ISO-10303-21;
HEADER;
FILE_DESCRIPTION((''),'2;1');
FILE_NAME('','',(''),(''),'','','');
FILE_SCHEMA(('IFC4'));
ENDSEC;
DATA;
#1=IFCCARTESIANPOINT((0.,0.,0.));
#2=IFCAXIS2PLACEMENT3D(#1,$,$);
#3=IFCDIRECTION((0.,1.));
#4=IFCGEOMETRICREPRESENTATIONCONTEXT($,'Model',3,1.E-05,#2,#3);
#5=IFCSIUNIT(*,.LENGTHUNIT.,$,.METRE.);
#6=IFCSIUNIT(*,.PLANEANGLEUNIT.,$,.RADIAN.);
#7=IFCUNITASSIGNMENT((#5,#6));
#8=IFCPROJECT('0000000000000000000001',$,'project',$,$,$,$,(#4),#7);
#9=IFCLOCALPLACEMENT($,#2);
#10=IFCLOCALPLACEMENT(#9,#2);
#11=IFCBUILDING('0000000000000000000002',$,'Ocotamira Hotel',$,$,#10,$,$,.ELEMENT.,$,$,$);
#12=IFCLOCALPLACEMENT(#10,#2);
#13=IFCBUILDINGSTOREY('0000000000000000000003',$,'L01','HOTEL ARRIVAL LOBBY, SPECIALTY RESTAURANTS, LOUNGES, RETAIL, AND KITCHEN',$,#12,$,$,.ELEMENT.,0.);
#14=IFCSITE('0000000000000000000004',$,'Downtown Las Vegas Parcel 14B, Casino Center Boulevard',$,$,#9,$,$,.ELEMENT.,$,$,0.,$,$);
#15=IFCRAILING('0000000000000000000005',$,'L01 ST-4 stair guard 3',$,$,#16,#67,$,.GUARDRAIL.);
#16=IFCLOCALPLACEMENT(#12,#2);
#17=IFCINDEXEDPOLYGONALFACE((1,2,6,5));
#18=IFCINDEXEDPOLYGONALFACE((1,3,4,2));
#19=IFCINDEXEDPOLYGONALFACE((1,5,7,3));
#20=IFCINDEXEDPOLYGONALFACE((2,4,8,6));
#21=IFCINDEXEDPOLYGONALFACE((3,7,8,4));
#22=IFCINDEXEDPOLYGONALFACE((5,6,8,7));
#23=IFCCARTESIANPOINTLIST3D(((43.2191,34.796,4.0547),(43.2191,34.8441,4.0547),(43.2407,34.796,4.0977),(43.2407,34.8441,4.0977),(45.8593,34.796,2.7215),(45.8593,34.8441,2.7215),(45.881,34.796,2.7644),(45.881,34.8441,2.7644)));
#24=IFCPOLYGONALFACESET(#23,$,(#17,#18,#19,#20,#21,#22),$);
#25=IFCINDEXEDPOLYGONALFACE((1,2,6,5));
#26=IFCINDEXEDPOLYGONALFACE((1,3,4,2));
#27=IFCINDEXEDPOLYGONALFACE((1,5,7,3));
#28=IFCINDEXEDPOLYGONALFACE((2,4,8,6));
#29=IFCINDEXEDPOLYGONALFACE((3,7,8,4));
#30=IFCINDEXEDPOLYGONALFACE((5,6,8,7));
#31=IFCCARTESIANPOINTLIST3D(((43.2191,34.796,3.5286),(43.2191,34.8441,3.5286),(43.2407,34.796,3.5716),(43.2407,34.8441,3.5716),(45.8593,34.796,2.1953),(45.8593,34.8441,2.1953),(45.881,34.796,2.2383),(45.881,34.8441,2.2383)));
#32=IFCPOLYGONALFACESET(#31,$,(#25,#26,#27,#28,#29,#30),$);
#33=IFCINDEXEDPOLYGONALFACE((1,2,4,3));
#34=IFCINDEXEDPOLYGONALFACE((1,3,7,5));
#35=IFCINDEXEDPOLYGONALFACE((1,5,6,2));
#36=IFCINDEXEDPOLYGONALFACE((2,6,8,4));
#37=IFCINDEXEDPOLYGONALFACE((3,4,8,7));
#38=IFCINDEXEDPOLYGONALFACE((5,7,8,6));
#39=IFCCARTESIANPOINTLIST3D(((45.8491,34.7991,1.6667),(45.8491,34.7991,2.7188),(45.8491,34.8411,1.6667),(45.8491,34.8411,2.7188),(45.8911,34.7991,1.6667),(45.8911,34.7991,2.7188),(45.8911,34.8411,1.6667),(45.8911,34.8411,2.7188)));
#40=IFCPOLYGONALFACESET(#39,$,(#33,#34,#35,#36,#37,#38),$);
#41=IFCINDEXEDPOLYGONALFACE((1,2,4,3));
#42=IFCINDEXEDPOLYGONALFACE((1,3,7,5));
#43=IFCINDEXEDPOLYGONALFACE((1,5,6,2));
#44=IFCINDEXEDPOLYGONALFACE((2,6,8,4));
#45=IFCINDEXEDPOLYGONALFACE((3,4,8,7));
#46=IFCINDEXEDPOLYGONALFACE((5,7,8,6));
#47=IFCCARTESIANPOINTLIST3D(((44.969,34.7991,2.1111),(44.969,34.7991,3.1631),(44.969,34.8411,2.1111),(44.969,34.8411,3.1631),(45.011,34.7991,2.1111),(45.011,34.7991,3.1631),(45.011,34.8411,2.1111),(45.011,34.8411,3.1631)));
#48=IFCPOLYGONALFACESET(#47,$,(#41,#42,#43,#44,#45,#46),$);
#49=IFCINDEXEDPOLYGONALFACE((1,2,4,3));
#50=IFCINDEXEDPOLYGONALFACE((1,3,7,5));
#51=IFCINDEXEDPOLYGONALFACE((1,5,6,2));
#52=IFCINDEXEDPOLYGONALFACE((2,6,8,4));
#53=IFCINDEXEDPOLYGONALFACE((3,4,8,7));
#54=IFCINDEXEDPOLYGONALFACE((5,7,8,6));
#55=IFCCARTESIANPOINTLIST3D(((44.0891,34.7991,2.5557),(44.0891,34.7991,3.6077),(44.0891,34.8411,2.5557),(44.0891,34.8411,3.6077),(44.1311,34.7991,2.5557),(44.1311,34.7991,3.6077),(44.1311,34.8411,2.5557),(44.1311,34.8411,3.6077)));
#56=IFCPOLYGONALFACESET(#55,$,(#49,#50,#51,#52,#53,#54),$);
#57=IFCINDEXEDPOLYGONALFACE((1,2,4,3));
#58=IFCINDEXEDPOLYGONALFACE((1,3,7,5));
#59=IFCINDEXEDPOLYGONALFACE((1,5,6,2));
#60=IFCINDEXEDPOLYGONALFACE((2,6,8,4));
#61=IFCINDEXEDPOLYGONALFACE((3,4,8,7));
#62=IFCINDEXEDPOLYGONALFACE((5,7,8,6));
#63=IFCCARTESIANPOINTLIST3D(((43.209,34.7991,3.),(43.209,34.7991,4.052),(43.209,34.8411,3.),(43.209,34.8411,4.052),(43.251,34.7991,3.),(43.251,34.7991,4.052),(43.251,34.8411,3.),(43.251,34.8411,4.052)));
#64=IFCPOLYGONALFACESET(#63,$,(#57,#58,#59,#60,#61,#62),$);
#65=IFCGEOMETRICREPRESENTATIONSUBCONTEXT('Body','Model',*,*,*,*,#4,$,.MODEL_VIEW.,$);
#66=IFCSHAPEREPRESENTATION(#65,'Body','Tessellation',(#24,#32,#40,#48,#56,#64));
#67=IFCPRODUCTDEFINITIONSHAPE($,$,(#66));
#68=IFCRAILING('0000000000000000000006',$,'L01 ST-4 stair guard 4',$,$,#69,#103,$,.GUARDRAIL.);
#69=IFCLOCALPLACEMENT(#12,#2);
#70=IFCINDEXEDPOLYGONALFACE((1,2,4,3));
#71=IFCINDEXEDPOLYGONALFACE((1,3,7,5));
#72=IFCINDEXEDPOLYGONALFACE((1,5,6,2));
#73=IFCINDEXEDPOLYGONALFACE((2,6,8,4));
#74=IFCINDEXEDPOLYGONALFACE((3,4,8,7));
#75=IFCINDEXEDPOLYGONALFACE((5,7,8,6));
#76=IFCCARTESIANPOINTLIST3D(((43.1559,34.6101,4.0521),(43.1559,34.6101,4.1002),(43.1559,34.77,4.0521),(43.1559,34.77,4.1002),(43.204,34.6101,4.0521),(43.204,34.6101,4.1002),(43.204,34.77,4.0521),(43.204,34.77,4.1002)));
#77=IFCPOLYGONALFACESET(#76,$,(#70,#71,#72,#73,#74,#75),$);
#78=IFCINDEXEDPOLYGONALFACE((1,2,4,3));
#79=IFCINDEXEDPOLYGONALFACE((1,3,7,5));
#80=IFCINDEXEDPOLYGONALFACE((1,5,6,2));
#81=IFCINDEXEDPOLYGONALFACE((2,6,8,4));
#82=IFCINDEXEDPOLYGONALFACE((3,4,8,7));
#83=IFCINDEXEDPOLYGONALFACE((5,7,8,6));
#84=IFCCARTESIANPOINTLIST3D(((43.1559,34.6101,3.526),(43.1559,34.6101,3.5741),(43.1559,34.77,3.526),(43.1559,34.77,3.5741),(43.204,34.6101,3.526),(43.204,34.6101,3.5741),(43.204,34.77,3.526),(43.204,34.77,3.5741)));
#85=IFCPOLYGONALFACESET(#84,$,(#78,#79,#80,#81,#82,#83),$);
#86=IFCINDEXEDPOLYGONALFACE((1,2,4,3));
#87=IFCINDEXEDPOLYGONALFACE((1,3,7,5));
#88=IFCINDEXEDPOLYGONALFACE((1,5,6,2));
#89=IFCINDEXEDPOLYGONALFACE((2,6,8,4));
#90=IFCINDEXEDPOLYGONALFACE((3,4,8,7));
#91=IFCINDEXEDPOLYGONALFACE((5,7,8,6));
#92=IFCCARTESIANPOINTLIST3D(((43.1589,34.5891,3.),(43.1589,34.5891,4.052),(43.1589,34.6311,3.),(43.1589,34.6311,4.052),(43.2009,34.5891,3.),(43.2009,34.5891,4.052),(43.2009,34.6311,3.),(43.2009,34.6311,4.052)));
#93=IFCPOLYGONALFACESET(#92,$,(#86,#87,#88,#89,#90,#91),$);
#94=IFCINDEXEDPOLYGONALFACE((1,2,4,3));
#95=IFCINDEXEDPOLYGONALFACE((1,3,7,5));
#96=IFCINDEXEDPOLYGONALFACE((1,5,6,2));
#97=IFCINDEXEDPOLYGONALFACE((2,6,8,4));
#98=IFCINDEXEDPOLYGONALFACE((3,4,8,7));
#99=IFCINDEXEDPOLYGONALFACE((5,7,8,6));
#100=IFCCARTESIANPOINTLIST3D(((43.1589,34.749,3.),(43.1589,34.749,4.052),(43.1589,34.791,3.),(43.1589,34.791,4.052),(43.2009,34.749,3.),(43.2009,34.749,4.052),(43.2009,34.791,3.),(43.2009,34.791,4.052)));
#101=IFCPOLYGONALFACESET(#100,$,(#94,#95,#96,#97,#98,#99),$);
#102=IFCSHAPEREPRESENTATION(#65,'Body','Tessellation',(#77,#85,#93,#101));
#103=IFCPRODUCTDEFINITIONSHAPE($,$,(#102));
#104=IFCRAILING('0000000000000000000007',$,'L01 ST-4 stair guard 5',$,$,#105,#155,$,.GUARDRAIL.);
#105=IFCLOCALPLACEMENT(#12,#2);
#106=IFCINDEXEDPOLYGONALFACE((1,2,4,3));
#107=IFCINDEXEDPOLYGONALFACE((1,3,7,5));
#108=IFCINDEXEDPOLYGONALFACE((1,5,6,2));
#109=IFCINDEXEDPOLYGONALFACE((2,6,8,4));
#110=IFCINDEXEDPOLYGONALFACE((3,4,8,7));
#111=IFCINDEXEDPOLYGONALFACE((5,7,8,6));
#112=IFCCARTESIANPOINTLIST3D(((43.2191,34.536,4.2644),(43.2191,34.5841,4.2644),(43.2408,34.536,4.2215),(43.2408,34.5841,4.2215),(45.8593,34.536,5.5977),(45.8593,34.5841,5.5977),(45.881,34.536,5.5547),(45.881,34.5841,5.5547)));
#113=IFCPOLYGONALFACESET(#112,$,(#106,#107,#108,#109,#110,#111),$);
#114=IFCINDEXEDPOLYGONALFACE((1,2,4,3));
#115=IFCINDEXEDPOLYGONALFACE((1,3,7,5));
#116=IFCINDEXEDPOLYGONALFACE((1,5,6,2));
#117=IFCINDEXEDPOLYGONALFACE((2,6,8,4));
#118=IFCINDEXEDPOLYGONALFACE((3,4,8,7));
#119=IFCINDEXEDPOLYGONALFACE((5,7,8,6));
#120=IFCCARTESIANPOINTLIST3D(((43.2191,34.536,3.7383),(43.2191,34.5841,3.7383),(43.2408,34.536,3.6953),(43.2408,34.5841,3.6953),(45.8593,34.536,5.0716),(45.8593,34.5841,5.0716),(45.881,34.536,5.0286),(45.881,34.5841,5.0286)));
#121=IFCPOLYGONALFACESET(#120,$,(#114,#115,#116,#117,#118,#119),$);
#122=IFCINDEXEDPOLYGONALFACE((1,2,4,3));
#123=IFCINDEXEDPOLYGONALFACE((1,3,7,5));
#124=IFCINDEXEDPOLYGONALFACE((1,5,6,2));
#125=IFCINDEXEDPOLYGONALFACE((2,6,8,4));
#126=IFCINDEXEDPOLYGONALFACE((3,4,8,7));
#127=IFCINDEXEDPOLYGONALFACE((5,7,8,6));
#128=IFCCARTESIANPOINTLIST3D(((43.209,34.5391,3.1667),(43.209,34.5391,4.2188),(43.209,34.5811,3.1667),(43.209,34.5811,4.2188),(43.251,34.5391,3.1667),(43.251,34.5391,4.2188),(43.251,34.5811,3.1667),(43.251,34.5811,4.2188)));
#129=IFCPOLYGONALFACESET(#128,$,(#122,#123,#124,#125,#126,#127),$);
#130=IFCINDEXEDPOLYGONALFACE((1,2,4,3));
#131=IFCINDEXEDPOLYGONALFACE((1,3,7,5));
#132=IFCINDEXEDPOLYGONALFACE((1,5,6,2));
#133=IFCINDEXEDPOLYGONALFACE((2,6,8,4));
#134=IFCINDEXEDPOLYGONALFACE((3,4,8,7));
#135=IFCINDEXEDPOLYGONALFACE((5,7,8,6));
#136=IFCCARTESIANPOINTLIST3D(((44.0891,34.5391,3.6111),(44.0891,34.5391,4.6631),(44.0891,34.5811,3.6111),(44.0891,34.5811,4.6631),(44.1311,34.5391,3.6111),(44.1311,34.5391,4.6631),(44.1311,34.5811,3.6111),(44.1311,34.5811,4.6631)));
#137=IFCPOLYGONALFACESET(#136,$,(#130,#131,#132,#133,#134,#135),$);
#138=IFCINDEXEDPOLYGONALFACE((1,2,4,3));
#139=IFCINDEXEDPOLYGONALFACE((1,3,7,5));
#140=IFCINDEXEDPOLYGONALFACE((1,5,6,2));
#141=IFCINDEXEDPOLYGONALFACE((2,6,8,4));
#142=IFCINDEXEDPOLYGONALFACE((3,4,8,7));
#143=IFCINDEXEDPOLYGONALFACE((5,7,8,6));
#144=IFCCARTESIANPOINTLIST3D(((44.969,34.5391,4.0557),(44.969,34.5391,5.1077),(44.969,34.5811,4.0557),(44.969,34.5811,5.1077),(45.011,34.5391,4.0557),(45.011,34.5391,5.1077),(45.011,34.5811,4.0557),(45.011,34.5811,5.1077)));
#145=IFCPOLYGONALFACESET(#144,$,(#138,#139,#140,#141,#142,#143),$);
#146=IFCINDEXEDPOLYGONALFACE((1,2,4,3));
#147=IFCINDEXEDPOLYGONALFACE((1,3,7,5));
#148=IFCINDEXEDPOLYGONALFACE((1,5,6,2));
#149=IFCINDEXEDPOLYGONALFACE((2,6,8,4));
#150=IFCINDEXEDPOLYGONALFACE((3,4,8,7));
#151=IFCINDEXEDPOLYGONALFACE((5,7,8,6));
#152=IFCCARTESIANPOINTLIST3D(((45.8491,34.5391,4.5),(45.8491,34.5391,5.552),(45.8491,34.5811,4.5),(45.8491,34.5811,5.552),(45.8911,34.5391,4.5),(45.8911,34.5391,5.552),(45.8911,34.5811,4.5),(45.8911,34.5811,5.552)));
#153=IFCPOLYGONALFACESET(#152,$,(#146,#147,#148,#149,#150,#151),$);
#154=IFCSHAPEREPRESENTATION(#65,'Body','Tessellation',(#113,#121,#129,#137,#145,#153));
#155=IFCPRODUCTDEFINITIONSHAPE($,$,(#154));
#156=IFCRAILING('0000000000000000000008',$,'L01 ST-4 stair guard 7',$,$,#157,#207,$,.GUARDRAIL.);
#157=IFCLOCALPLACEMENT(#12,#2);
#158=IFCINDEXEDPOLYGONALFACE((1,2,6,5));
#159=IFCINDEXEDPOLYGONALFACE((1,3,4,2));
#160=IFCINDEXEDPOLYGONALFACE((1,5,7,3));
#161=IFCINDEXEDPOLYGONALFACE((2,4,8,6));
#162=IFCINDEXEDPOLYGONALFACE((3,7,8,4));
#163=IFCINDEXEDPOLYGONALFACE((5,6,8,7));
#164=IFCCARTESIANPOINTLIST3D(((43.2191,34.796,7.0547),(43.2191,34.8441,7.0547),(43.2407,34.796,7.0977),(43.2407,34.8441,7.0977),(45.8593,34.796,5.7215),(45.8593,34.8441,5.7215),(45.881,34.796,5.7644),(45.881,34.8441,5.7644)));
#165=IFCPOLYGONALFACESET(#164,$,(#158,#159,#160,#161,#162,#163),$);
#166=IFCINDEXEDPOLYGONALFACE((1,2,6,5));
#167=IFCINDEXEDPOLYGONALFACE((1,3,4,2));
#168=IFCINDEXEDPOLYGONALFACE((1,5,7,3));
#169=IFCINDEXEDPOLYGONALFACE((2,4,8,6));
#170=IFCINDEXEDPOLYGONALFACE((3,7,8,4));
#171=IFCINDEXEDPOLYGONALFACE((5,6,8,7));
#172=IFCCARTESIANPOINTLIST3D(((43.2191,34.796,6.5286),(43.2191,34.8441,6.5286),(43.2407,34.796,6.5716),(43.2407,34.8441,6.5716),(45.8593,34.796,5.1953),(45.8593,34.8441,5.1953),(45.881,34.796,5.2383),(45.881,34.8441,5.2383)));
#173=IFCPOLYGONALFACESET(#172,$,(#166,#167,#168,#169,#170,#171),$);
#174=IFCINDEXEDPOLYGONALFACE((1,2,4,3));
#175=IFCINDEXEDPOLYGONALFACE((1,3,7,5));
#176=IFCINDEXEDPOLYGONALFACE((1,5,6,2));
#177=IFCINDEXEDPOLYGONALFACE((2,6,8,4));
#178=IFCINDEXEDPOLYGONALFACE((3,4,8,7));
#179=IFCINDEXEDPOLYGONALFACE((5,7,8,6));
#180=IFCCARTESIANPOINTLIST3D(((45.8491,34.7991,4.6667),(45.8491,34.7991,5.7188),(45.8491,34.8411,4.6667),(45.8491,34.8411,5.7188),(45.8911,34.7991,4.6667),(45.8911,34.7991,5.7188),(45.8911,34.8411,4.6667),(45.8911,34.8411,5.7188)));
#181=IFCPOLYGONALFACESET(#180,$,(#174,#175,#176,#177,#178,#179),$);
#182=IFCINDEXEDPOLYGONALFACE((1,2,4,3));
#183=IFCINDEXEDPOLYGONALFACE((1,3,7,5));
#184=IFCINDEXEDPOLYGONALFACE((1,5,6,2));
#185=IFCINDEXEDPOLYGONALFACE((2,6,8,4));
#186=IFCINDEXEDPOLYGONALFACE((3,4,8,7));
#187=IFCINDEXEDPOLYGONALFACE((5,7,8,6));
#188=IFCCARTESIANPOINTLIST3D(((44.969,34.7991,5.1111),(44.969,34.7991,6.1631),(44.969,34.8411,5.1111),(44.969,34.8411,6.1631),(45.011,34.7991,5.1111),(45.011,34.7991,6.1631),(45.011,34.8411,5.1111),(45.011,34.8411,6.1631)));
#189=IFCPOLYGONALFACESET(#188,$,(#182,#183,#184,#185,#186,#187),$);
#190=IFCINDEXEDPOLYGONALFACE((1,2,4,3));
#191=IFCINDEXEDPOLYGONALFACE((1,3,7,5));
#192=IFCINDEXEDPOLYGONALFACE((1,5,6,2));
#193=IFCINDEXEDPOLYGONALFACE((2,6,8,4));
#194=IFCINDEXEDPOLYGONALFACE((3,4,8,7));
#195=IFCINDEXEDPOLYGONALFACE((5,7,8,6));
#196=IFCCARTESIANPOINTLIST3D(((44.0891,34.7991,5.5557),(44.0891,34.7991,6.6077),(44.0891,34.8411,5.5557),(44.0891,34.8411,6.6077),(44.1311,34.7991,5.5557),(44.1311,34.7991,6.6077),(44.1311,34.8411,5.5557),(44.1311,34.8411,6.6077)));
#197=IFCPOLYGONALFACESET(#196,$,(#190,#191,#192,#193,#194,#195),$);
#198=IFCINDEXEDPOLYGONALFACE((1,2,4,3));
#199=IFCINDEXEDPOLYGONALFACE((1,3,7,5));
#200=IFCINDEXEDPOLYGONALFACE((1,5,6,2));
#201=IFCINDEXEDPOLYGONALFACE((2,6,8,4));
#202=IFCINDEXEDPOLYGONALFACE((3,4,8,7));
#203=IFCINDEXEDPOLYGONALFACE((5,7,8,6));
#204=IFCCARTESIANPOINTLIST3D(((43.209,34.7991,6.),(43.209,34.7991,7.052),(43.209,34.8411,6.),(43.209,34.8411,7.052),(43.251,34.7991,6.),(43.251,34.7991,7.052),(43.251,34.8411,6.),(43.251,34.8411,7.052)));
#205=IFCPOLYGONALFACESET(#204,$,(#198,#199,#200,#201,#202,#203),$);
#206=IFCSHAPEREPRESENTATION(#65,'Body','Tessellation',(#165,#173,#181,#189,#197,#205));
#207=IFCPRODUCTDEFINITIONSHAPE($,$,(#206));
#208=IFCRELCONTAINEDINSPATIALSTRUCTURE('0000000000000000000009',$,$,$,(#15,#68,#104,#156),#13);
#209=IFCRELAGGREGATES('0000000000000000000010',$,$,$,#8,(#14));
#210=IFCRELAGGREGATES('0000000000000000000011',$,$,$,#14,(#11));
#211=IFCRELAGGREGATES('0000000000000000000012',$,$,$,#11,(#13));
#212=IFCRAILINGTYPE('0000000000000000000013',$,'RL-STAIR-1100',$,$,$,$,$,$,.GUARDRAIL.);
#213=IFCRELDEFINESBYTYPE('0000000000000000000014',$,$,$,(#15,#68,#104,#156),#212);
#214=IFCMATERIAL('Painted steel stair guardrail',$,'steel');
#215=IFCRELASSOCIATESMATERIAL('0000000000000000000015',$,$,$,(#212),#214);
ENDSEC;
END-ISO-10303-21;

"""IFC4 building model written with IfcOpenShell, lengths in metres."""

from ifc_helpers import new_model, si_unit, direction, frame, origin, origin_2d, place, context, subcontext, project, spatial, rectangle, extrude, material, type_object, element, save


model = new_model("IFC4")

# Units and contexts
model_context = context("Model", 3, precision=1e-05, world=origin(), true_north=direction((0.0, 1.0)))
body_context = subcontext(model_context, "Body", "Model", "MODEL_VIEW")
ifc_project = project(units=[si_unit("LENGTHUNIT", "METRE"), si_unit("PLANEANGLEUNIT", "RADIAN")], contexts=[model_context])

# Site, building, storey
site_placement = place(None, origin())
site = spatial("IfcSite", under=ifc_project, at=site_placement, Name="Downtown Las Vegas Parcel 14B, Casino Center Boulevard", CompositionType="ELEMENT", RefElevation=0.0)
building_placement = place(site_placement, origin())
building = spatial("IfcBuilding", under=site, at=building_placement, Name="Ocotamira Hotel", CompositionType="ELEMENT")
storey_placement = place(building_placement, origin())
storey = spatial("IfcBuildingStorey", under=building, at=storey_placement, Name="L01", Description="HOTEL ARRIVAL LOBBY, SPECIALTY RESTAURANTS, LOUNGES, RETAIL, AND KITCHEN", CompositionType="ELEMENT", Elevation=0.0)

# Railings
ifc_material_1 = material(Name="Painted steel stair guardrail", Category="steel")
railing_type_1 = type_object("IfcRailingType", Name="RL-STAIR-1100", PredefinedType="GUARDRAIL", material=ifc_material_1)
railing_1_placement = place(storey_placement, frame((45.8701, 34.8201, 1.6667)))
element("IfcRailing", 1, at=railing_1_placement, inside=storey, type_object=railing_type_1, Name="L01 ST-4 stair guard 3", PredefinedType="GUARDRAIL", context=body_context, shape_type="SweptSolid", body=[
    extrude(rectangle(XDim=0.0481, YDim=0.0481, at=origin_2d()), frame((0.0, 0.0, 1.0762), z_axis=(-0.892637, 0.0, 0.450776), x_axis=(0.0, -1.0, 0.0)), (0.0, 0.0, 1.0), 2.9578),
    extrude(rectangle(XDim=0.0481, YDim=0.0481, at=origin_2d()), frame((0.0, 0.0, 0.55), z_axis=(-0.892637, 0.0, 0.450776), x_axis=(0.0, -1.0, 0.0)), (0.0, 0.0, 1.0), 2.9578),
    extrude(rectangle(XDim=0.042, YDim=0.042, at=origin_2d()), origin(), (0.0, 0.0, 1.0), 1.052),
    extrude(rectangle(XDim=0.042, YDim=0.042, at=origin_2d()), frame((-0.8801, 0.0, 0.4443)), (0.0, 0.0, 1.0), 1.052),
    extrude(rectangle(XDim=0.042, YDim=0.042, at=origin_2d()), frame((-1.76, 0.0, 0.8889)), (0.0, 0.0, 1.0), 1.052),
    extrude(rectangle(XDim=0.042, YDim=0.042, at=origin_2d()), frame((-2.6401, 0.0, 1.3333)), (0.0, 0.0, 1.0), 1.052),
])
railing_2_placement = place(storey_placement, frame((43.1799, 34.6101, 3.0)))
element("IfcRailing", 2, at=railing_2_placement, inside=storey, type_object=railing_type_1, Name="L01 ST-4 stair guard 4", PredefinedType="GUARDRAIL", context=body_context, shape_type="SweptSolid", body=[
    extrude(rectangle(XDim=0.0481, YDim=0.0481, at=origin_2d()), frame((0.0, 0.0, 1.0762), z_axis=(0.0, 1.0, 0.0), x_axis=(-1.0, 0.0, 0.0)), (0.0, 0.0, 1.0), 0.1599),
    extrude(rectangle(XDim=0.0481, YDim=0.0481, at=origin_2d()), frame((0.0, 0.0, 0.55), z_axis=(0.0, 1.0, 0.0), x_axis=(-1.0, 0.0, 0.0)), (0.0, 0.0, 1.0), 0.1599),
    extrude(rectangle(XDim=0.042, YDim=0.042, at=origin_2d()), origin(), (0.0, 0.0, 1.0), 1.052),
    extrude(rectangle(XDim=0.042, YDim=0.042, at=origin_2d()), frame((0.0, 0.1599, 0.0)), (0.0, 0.0, 1.0), 1.052),
])
railing_3_placement = place(storey_placement, frame((43.23, 34.5601, 3.1667)))
element("IfcRailing", 3, at=railing_3_placement, inside=storey, type_object=railing_type_1, Name="L01 ST-4 stair guard 5", PredefinedType="GUARDRAIL", context=body_context, shape_type="SweptSolid", body=[
    extrude(rectangle(XDim=0.0481, YDim=0.0481, at=origin_2d()), frame((0.0, 0.0, 1.0762), z_axis=(0.892637, 0.0, 0.450776), x_axis=(0.0, 1.0, 0.0)), (0.0, 0.0, 1.0), 2.9578),
    extrude(rectangle(XDim=0.0481, YDim=0.0481, at=origin_2d()), frame((0.0, 0.0, 0.55), z_axis=(0.892637, 0.0, 0.450776), x_axis=(0.0, 1.0, 0.0)), (0.0, 0.0, 1.0), 2.9578),
    extrude(rectangle(XDim=0.042, YDim=0.042, at=origin_2d()), origin(), (0.0, 0.0, 1.0), 1.052),
    extrude(rectangle(XDim=0.042, YDim=0.042, at=origin_2d()), frame((0.8801, 0.0, 0.4443)), (0.0, 0.0, 1.0), 1.052),
    extrude(rectangle(XDim=0.042, YDim=0.042, at=origin_2d()), frame((1.76, 0.0, 0.8889)), (0.0, 0.0, 1.0), 1.052),
    extrude(rectangle(XDim=0.042, YDim=0.042, at=origin_2d()), frame((2.6401, 0.0, 1.3333)), (0.0, 0.0, 1.0), 1.052),
])
railing_4_placement = place(storey_placement, frame((45.8701, 34.8201, 4.6667)))
element("IfcRailing", 4, at=railing_4_placement, inside=storey, type_object=railing_type_1, Name="L01 ST-4 stair guard 7", PredefinedType="GUARDRAIL", context=body_context, shape_type="SweptSolid", body=[
    extrude(rectangle(XDim=0.0481, YDim=0.0481, at=origin_2d()), frame((0.0, 0.0, 1.0762), z_axis=(-0.892637, 0.0, 0.450776), x_axis=(0.0, -1.0, 0.0)), (0.0, 0.0, 1.0), 2.9578),
    extrude(rectangle(XDim=0.0481, YDim=0.0481, at=origin_2d()), frame((0.0, 0.0, 0.55), z_axis=(-0.892637, 0.0, 0.450776), x_axis=(0.0, -1.0, 0.0)), (0.0, 0.0, 1.0), 2.9578),
    extrude(rectangle(XDim=0.042, YDim=0.042, at=origin_2d()), origin(), (0.0, 0.0, 1.0), 1.052),
    extrude(rectangle(XDim=0.042, YDim=0.042, at=origin_2d()), frame((-0.8801, 0.0, 0.4443)), (0.0, 0.0, 1.0), 1.052),
    extrude(rectangle(XDim=0.042, YDim=0.042, at=origin_2d()), frame((-1.76, 0.0, 0.8889)), (0.0, 0.0, 1.0), 1.052),
    extrude(rectangle(XDim=0.042, YDim=0.042, at=origin_2d()), frame((-2.6401, 0.0, 1.3333)), (0.0, 0.0, 1.0), 1.052),
])

save(model, "model.ifc")
